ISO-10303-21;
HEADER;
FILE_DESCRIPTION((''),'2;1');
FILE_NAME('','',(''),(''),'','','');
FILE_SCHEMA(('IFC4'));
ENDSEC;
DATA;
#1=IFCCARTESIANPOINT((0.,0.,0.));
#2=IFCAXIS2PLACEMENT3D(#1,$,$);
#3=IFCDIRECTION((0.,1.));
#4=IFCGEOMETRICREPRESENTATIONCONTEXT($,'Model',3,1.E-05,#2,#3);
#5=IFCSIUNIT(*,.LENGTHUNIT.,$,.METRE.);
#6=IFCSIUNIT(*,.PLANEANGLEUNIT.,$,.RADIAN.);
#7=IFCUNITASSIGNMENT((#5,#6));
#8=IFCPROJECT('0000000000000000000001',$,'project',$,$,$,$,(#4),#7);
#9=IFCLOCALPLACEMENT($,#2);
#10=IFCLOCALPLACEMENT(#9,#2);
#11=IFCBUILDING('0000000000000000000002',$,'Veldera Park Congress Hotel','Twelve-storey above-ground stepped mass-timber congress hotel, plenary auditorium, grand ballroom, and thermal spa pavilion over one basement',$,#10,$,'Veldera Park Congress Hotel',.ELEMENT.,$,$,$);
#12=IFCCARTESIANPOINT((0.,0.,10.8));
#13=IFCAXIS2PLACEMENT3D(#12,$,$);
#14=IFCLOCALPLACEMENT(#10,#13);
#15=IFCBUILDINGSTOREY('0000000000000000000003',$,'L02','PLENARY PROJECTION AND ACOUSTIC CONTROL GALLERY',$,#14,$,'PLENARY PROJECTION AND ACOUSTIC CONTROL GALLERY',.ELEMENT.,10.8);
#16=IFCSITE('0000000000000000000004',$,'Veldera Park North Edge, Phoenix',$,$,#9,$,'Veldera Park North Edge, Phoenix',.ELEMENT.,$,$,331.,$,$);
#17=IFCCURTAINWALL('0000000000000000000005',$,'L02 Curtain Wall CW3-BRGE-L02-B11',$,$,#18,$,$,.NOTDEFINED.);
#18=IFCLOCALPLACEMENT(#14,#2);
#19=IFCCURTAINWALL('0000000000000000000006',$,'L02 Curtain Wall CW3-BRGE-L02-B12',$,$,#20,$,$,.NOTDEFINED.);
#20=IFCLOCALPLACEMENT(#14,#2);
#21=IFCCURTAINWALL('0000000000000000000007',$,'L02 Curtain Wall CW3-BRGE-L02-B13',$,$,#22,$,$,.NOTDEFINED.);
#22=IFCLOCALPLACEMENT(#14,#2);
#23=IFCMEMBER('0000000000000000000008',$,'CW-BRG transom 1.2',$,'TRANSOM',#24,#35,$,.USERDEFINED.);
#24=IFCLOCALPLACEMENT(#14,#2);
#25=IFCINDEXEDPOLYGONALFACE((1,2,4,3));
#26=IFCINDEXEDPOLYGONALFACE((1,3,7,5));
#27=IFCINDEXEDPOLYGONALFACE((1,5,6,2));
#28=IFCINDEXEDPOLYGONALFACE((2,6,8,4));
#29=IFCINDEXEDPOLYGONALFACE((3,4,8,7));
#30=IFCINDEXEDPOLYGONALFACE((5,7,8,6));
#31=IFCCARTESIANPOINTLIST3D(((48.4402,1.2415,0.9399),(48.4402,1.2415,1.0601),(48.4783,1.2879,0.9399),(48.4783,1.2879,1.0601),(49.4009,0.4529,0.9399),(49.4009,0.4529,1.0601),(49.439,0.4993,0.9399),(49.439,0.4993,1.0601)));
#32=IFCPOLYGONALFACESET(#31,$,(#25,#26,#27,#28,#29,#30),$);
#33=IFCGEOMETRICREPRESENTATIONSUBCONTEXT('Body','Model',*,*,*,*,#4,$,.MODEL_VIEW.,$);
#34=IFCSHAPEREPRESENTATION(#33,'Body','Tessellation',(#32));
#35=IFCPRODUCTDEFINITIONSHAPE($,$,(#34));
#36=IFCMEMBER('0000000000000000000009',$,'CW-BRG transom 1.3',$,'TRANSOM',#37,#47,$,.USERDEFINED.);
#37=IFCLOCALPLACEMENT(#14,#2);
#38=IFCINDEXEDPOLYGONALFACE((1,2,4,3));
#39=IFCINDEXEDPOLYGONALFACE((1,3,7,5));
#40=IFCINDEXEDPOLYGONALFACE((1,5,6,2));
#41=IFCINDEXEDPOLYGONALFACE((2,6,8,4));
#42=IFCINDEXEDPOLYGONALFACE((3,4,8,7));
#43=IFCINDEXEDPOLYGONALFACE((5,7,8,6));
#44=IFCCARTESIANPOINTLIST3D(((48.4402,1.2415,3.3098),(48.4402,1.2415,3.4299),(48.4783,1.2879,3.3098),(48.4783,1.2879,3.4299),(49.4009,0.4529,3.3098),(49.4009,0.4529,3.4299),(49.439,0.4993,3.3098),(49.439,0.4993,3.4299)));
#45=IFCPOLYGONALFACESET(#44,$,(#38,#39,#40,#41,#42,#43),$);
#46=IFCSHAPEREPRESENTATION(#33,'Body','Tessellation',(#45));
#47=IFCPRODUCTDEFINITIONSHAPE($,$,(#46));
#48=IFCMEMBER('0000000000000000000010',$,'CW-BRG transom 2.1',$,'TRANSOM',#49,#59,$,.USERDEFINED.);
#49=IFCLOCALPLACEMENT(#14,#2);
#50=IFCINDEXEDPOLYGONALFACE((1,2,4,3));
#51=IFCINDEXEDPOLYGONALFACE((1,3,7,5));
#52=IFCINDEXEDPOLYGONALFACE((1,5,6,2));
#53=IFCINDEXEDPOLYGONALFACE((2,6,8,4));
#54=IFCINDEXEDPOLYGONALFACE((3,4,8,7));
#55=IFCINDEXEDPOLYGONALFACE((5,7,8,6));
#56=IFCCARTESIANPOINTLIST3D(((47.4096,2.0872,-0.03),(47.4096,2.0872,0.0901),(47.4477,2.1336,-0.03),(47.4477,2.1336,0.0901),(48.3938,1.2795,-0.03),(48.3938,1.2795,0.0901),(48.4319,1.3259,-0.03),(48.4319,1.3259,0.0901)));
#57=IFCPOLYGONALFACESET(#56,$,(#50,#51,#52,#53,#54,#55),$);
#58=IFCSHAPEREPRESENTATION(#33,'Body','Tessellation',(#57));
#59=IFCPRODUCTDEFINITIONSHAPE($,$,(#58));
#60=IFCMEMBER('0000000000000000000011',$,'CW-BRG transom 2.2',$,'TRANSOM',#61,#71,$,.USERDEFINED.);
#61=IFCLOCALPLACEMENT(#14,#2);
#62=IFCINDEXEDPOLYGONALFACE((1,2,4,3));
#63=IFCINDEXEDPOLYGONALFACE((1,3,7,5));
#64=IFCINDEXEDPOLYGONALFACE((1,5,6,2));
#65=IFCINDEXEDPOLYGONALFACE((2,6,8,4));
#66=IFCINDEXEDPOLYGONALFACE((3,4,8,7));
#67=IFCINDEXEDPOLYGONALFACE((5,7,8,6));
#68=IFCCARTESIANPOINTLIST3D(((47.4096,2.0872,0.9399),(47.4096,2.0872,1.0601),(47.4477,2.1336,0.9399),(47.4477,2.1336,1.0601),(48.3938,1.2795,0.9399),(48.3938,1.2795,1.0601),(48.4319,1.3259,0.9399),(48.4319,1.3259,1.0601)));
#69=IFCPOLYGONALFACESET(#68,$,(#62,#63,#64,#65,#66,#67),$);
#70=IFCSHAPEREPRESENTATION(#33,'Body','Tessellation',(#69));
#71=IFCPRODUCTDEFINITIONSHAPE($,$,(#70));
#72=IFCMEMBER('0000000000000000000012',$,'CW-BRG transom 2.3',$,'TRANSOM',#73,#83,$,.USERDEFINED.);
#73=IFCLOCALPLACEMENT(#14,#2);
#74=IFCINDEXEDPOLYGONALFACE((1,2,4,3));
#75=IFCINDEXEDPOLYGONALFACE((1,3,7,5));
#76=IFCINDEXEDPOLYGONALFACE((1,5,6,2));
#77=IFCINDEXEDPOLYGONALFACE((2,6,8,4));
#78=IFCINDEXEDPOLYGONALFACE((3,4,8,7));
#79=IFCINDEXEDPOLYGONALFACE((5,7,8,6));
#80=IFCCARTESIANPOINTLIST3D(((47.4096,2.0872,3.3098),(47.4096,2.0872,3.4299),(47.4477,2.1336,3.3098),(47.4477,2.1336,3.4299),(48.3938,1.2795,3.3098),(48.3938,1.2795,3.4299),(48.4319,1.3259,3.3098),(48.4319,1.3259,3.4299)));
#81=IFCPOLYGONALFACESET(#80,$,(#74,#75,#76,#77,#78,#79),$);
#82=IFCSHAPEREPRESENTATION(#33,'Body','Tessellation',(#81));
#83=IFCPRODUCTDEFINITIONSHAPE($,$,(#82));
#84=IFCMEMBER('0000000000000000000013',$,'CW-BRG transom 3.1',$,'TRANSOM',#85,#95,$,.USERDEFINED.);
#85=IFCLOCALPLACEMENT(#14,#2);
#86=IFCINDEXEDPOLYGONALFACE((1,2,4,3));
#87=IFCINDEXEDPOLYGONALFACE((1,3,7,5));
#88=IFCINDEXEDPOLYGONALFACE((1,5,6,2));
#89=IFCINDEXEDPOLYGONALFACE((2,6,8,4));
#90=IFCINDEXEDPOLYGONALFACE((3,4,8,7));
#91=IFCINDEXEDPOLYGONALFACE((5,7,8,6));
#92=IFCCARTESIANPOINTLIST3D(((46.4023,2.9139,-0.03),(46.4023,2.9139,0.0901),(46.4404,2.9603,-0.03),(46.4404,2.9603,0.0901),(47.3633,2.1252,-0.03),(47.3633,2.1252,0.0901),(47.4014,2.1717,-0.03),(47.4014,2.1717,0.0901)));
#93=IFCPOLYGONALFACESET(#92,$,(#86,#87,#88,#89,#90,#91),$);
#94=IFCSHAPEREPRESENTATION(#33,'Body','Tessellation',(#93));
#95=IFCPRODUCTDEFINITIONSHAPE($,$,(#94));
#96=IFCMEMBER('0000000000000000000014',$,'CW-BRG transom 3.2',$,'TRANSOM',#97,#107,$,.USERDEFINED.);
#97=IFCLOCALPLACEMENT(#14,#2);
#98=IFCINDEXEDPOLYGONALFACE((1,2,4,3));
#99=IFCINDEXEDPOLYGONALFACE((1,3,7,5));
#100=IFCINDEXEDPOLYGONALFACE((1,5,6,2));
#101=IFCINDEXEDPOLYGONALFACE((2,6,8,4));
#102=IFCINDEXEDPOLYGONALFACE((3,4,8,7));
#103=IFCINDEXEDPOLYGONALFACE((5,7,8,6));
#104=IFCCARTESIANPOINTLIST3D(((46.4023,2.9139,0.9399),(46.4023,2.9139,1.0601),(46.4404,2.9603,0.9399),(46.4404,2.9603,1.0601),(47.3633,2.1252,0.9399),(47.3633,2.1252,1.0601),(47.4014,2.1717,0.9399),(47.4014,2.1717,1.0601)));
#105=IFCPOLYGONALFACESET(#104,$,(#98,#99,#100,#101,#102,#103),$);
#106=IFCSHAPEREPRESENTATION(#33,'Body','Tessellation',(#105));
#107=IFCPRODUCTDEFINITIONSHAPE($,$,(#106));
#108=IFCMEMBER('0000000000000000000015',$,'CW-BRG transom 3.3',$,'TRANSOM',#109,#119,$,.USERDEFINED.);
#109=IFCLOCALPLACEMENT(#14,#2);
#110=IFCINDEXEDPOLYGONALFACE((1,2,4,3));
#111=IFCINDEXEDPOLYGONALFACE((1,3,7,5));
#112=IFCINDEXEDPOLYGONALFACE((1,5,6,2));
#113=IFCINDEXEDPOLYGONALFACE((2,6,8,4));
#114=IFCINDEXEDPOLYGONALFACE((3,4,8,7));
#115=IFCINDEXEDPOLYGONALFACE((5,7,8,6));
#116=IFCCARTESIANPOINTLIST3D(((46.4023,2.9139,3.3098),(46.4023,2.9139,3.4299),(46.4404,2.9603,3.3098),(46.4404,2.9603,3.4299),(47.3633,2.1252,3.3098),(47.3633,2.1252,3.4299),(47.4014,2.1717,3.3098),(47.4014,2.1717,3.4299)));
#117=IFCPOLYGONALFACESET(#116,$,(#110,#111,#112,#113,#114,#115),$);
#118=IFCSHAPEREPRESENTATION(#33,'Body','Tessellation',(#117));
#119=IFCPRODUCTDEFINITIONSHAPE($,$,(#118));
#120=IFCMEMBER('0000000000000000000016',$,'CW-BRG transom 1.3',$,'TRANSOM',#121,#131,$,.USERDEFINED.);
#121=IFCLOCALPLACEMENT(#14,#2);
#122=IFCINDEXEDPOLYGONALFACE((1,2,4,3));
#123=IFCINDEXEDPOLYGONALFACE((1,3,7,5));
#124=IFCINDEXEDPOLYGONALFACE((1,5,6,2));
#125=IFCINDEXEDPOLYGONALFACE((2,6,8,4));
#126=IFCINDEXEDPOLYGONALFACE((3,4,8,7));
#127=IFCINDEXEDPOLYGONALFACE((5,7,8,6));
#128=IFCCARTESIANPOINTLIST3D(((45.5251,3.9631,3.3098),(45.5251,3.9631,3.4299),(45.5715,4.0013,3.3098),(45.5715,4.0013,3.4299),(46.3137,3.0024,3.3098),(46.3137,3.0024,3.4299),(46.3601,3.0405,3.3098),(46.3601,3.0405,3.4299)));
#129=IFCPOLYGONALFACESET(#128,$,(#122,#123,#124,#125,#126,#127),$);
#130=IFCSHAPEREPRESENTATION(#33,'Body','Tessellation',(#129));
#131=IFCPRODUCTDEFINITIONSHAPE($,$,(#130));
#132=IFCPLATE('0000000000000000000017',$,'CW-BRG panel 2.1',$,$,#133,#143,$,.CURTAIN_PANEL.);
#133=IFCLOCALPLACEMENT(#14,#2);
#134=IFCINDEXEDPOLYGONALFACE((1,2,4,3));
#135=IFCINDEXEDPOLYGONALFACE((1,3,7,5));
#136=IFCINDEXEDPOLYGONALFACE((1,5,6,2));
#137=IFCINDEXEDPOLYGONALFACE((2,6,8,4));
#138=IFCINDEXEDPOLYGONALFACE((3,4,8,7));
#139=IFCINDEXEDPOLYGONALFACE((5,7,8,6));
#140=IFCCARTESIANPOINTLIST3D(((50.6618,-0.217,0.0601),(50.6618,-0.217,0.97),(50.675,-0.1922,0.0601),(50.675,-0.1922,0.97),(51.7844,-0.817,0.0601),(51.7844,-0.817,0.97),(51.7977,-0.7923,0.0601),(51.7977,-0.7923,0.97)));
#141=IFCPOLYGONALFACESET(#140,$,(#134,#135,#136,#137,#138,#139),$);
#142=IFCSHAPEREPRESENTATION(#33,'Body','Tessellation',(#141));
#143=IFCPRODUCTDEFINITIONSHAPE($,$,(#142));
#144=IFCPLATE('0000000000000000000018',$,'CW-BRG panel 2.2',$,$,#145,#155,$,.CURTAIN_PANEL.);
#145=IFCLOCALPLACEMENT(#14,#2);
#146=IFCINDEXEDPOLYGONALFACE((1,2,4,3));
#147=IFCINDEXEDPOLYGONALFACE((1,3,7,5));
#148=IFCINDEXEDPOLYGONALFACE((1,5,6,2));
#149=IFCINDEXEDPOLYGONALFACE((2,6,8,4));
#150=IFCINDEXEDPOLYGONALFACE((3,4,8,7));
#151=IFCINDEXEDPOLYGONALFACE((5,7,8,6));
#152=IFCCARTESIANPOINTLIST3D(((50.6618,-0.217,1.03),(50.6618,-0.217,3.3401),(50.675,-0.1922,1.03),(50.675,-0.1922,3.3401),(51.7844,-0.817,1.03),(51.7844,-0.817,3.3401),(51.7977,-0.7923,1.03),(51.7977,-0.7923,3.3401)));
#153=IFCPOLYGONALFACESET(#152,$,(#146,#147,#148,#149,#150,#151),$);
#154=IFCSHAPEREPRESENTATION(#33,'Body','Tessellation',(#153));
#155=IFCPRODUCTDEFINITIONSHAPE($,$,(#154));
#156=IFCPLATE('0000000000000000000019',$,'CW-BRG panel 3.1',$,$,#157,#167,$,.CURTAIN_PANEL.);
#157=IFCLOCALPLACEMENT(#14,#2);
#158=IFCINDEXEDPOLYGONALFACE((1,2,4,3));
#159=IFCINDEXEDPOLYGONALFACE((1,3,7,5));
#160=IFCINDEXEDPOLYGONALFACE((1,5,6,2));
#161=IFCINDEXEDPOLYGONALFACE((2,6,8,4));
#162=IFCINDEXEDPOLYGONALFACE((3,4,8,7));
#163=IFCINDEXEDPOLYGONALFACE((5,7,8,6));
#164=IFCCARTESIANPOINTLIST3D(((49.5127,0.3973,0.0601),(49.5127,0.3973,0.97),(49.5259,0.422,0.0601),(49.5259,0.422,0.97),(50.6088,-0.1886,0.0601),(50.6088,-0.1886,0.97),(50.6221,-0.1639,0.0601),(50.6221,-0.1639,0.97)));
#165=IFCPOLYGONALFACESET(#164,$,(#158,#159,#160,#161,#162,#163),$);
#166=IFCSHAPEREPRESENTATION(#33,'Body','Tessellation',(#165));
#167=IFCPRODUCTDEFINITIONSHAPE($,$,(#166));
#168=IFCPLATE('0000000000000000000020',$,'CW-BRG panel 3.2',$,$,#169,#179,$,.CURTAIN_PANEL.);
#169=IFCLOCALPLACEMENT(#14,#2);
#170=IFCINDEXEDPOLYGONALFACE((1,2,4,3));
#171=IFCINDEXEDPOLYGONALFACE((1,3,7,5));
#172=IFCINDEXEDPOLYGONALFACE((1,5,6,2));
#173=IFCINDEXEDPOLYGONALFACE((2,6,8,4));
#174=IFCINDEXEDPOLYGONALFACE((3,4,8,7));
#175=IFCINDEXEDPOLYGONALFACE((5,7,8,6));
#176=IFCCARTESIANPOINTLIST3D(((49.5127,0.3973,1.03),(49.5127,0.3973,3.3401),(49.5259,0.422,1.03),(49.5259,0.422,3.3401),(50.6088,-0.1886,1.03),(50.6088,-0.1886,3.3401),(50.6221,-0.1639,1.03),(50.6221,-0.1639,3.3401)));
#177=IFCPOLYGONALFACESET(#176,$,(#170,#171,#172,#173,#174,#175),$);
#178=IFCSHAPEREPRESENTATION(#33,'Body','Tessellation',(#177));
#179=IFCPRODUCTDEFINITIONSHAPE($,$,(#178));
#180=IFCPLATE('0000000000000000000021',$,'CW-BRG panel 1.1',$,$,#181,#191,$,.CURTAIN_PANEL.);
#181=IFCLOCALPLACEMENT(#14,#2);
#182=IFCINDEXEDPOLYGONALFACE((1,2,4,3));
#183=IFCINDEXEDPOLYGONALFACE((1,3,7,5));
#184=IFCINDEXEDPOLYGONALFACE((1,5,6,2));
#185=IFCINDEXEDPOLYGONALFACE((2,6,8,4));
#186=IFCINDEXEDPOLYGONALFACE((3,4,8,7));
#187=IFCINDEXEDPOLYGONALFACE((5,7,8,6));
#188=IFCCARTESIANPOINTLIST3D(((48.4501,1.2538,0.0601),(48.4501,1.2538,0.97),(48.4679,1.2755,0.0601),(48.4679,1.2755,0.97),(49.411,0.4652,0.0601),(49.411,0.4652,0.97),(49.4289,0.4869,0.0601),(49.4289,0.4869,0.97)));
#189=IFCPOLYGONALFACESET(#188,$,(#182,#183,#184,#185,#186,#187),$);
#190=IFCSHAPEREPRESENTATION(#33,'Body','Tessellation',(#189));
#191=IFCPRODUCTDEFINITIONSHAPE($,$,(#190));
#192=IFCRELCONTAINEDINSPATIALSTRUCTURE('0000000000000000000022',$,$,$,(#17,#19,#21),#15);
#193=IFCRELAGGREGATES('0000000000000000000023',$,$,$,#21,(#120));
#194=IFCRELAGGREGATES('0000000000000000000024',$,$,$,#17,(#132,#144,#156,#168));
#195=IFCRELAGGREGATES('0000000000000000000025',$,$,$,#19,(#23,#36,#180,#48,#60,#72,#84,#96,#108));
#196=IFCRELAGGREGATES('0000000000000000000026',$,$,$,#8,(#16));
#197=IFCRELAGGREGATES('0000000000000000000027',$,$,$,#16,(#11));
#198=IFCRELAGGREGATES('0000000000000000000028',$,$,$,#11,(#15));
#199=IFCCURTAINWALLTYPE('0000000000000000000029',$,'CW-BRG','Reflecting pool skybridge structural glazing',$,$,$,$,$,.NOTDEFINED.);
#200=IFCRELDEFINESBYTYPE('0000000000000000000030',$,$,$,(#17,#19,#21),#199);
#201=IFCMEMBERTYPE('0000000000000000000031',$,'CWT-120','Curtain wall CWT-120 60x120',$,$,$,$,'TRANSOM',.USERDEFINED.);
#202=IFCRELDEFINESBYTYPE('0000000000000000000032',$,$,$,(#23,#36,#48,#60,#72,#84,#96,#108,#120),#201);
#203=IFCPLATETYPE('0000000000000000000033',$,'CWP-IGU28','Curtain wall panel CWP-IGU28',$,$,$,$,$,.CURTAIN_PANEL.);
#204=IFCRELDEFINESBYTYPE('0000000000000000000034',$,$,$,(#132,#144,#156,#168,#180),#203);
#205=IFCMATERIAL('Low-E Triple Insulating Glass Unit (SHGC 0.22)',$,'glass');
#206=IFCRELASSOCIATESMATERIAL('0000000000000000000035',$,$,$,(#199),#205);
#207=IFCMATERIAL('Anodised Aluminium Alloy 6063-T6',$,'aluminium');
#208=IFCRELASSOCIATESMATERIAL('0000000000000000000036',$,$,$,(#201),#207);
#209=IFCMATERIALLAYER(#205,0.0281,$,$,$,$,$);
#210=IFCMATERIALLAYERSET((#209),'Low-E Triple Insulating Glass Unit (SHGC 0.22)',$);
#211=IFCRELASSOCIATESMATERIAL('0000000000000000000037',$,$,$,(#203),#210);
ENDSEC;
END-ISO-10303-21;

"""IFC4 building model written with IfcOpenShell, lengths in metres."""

from ifc_helpers import new_model, si_unit, direction, frame, origin, origin_2d, place, context, subcontext, project, spatial, rectangle, extrude, material, layer, layer_set, material_profile, profile_set, type_object, element, aggregate, save


model = new_model("IFC4")

# Units and contexts
model_context = context("Model", 3, precision=1e-05, world=origin(), true_north=direction((0.0, 1.0)))
body_context = subcontext(model_context, "Body", "Model", "MODEL_VIEW")
ifc_project = project(units=[si_unit("LENGTHUNIT", "METRE"), si_unit("PLANEANGLEUNIT", "RADIAN")], contexts=[model_context])

# Site, building, storey
site_placement = place(None, origin())
site = spatial("IfcSite", under=ifc_project, at=site_placement, Name="Veldera Park North Edge, Phoenix", LongName="Veldera Park North Edge, Phoenix", CompositionType="ELEMENT", RefElevation=331.0)
building_placement = place(site_placement, origin())
building = spatial("IfcBuilding", under=site, at=building_placement, Name="Veldera Park Congress Hotel", Description="Twelve-storey above-ground stepped mass-timber congress hotel, plenary auditorium, grand ballroom, and thermal spa pavilion over one basement", LongName="Veldera Park Congress Hotel", CompositionType="ELEMENT")
storey_placement = place(building_placement, frame((0.0, 0.0, 10.8)))
storey = spatial("IfcBuildingStorey", under=building, at=storey_placement, Name="L02", Description="PLENARY PROJECTION AND ACOUSTIC CONTROL GALLERY", LongName="PLENARY PROJECTION AND ACOUSTIC CONTROL GALLERY", CompositionType="ELEMENT", Elevation=10.8)

# Curtain walls
ifc_material_1 = material(Name="Low-E Triple Insulating Glass Unit (SHGC 0.22)", Category="glass")
curtain_wall_type = type_object("IfcCurtainWallType", Name="CW-BRG", Description="Reflecting pool skybridge structural glazing", PredefinedType="NOTDEFINED", material=ifc_material_1)
curtain_wall_1_placement = place(storey_placement, origin())
curtain_wall_1 = element("IfcCurtainWall", 1, at=curtain_wall_1_placement, inside=storey, type_object=curtain_wall_type, Name="L02 Curtain Wall CW3-BRGE-L02-B11", PredefinedType="NOTDEFINED")
ifc_material_2 = material(Name="Anodised Aluminium Alloy 6063-T6", Category="aluminium")
curtain_wall_2_placement = place(storey_placement, origin())
curtain_wall_2 = element("IfcCurtainWall", 2, at=curtain_wall_2_placement, inside=storey, type_object=curtain_wall_type, Name="L02 Curtain Wall CW3-BRGE-L02-B12", PredefinedType="NOTDEFINED")

# Curtain wall
curtain_wall_3_placement = place(storey_placement, origin())
curtain_wall_3 = element("IfcCurtainWall", 3, at=curtain_wall_3_placement, inside=storey, type_object=curtain_wall_type, Name="L02 Curtain Wall CW3-BRGE-L02-B13", PredefinedType="NOTDEFINED")

# Members
ifc_material_profile_1 = material_profile(ifc_material_2, rectangle(XDim=0.0601, YDim=0.1201, at=origin_2d()), Name="ALU 60x120")
ifc_profile_set_1 = profile_set([ifc_material_profile_1], Name="Anodised Aluminium Alloy 6063-T6")
member_type_1 = type_object("IfcMemberType", Name="CWT-120", Description="Curtain wall CWT-120 60x120", ElementType="TRANSOM", PredefinedType="USERDEFINED", material=ifc_profile_set_1)
member_1_placement = place(storey_placement, frame((49.4199, 0.4761, 1.0), z_axis=(-0.77295, 0.634467, 0.0), x_axis=(-0.634467, -0.77295, 0.0)))
member_1 = element("IfcMember", 4, at=member_1_placement, type_object=member_type_1, Name="CW-BRG transom 1.2", ObjectType="TRANSOM", PredefinedType="USERDEFINED", context=body_context, shape_type="SweptSolid", body=[
    extrude(rectangle(XDim=0.0601, YDim=0.1201, at=origin_2d()), origin(), (0.0, 0.0, 1.0), 1.2429),
])
member_2_placement = place(storey_placement, frame((49.4199, 0.4761, 3.3699), z_axis=(-0.77295, 0.634467, 0.0), x_axis=(-0.634467, -0.77295, 0.0)))
member_2 = element("IfcMember", 5, at=member_2_placement, type_object=member_type_1, Name="CW-BRG transom 1.3", ObjectType="TRANSOM", PredefinedType="USERDEFINED", context=body_context, shape_type="SweptSolid", body=[
    extrude(rectangle(XDim=0.0601, YDim=0.1201, at=origin_2d()), origin(), (0.0, 0.0, 1.0), 1.2429),
])
member_3_placement = place(storey_placement, frame((48.4128, 1.3027, 0.03), z_axis=(-0.773025, 0.634375, 0.0), x_axis=(-0.634375, -0.773025, 0.0)))
member_3 = element("IfcMember", 6, at=member_3_placement, type_object=member_type_1, Name="CW-BRG transom 2.1", ObjectType="TRANSOM", PredefinedType="USERDEFINED", context=body_context, shape_type="SweptSolid", body=[
    extrude(rectangle(XDim=0.0601, YDim=0.1201, at=origin_2d()), origin(), (0.0, 0.0, 1.0), 1.2732),
])
member_4_placement = place(storey_placement, frame((48.4128, 1.3027, 1.0), z_axis=(-0.773025, 0.634375, 0.0), x_axis=(-0.634375, -0.773025, 0.0)))
member_4 = element("IfcMember", 7, at=member_4_placement, type_object=member_type_1, Name="CW-BRG transom 2.2", ObjectType="TRANSOM", PredefinedType="USERDEFINED", context=body_context, shape_type="SweptSolid", body=[
    extrude(rectangle(XDim=0.0601, YDim=0.1201, at=origin_2d()), origin(), (0.0, 0.0, 1.0), 1.2732),
])
member_5_placement = place(storey_placement, frame((48.4128, 1.3027, 3.3699), z_axis=(-0.773025, 0.634375, 0.0), x_axis=(-0.634375, -0.773025, 0.0)))
member_5 = element("IfcMember", 8, at=member_5_placement, type_object=member_type_1, Name="CW-BRG transom 2.3", ObjectType="TRANSOM", PredefinedType="USERDEFINED", context=body_context, shape_type="SweptSolid", body=[
    extrude(rectangle(XDim=0.0601, YDim=0.1201, at=origin_2d()), origin(), (0.0, 0.0, 1.0), 1.2732),
])
member_6_placement = place(storey_placement, frame((47.3823, 2.1484, 0.03), z_axis=(-0.773029, 0.634371, 0.0), x_axis=(-0.634371, -0.773029, 0.0)))
member_6 = element("IfcMember", 9, at=member_6_placement, type_object=member_type_1, Name="CW-BRG transom 3.1", ObjectType="TRANSOM", PredefinedType="USERDEFINED", context=body_context, shape_type="SweptSolid", body=[
    extrude(rectangle(XDim=0.0601, YDim=0.1201, at=origin_2d()), origin(), (0.0, 0.0, 1.0), 1.2432),
])
member_7_placement = place(storey_placement, frame((47.3823, 2.1484, 1.0), z_axis=(-0.773029, 0.634371, 0.0), x_axis=(-0.634371, -0.773029, 0.0)))
member_7 = element("IfcMember", 10, at=member_7_placement, type_object=member_type_1, Name="CW-BRG transom 3.2", ObjectType="TRANSOM", PredefinedType="USERDEFINED", context=body_context, shape_type="SweptSolid", body=[
    extrude(rectangle(XDim=0.0601, YDim=0.1201, at=origin_2d()), origin(), (0.0, 0.0, 1.0), 1.2432),
])
member_8_placement = place(storey_placement, frame((47.3823, 2.1484, 3.3699), z_axis=(-0.773029, 0.634371, 0.0), x_axis=(-0.634371, -0.773029, 0.0)))
member_8 = element("IfcMember", 11, at=member_8_placement, type_object=member_type_1, Name="CW-BRG transom 3.3", ObjectType="TRANSOM", PredefinedType="USERDEFINED", context=body_context, shape_type="SweptSolid", body=[
    extrude(rectangle(XDim=0.0601, YDim=0.1201, at=origin_2d()), origin(), (0.0, 0.0, 1.0), 1.2432),
])
member_9_placement = place(storey_placement, frame((46.3369, 3.0215, 3.3699), z_axis=(-0.634467, 0.77295, 0.0), x_axis=(-0.77295, -0.634467, 0.0)))
member_9 = element("IfcMember", 12, at=member_9_placement, type_object=member_type_1, Name="CW-BRG transom 1.3", ObjectType="TRANSOM", PredefinedType="USERDEFINED", context=body_context, shape_type="SweptSolid", body=[
    extrude(rectangle(XDim=0.0601, YDim=0.1201, at=origin_2d()), origin(), (0.0, 0.0, 1.0), 1.2429),
])
aggregate(curtain_wall_3, [member_9])

# Plates
ifc_layer = layer(ifc_material_1, 0.0281)
ifc_layer_set = layer_set([ifc_layer], Name="Low-E Triple Insulating Glass Unit (SHGC 0.22)")
plate_type = type_object("IfcPlateType", Name="CWP-IGU28", Description="Curtain wall panel CWP-IGU28", PredefinedType="CURTAIN_PANEL", material=ifc_layer_set)
plate_1_placement = place(storey_placement, frame((51.2297, -0.5046, 0.0601), z_axis=(0.0, 0.0, 1.0), x_axis=(-0.881928, 0.471384, 0.0)))
plate_1 = element("IfcPlate", 13, at=plate_1_placement, type_object=plate_type, Name="CW-BRG panel 2.1", PredefinedType="CURTAIN_PANEL", context=body_context, shape_type="SweptSolid", body=[
    extrude(rectangle(XDim=1.2729, YDim=0.0281, at=origin_2d()), origin(), (0.0, 0.0, 1.0), 0.9099),
])
plate_2_placement = place(storey_placement, frame((51.2297, -0.5046, 1.03), z_axis=(0.0, 0.0, 1.0), x_axis=(-0.881928, 0.471384, 0.0)))
plate_2 = element("IfcPlate", 14, at=plate_2_placement, type_object=plate_type, Name="CW-BRG panel 2.2", PredefinedType="CURTAIN_PANEL", context=body_context, shape_type="SweptSolid", body=[
    extrude(rectangle(XDim=1.2729, YDim=0.0281, at=origin_2d()), origin(), (0.0, 0.0, 1.0), 2.3101),
])
plate_3_placement = place(storey_placement, frame((50.0674, 0.1167, 0.0601), z_axis=(0.0, 0.0, 1.0), x_axis=(-0.881928, 0.471384, 0.0)))
plate_3 = element("IfcPlate", 15, at=plate_3_placement, type_object=plate_type, Name="CW-BRG panel 3.1", PredefinedType="CURTAIN_PANEL", context=body_context, shape_type="SweptSolid", body=[
    extrude(rectangle(XDim=1.2429, YDim=0.0281, at=origin_2d()), origin(), (0.0, 0.0, 1.0), 0.9099),
])
plate_4_placement = place(storey_placement, frame((50.0674, 0.1167, 1.03), z_axis=(0.0, 0.0, 1.0), x_axis=(-0.881928, 0.471384, 0.0)))
plate_4 = element("IfcPlate", 16, at=plate_4_placement, type_object=plate_type, Name="CW-BRG panel 3.2", PredefinedType="CURTAIN_PANEL", context=body_context, shape_type="SweptSolid", body=[
    extrude(rectangle(XDim=1.2429, YDim=0.0281, at=origin_2d()), origin(), (0.0, 0.0, 1.0), 2.3101),
])
aggregate(curtain_wall_1, [plate_1, plate_2, plate_3, plate_4])
plate_5_placement = place(storey_placement, frame((48.9395, 0.8704, 0.0601), z_axis=(0.0, 0.0, 1.0), x_axis=(-0.773016, 0.634386, 0.0)))
plate_5 = element("IfcPlate", 17, at=plate_5_placement, type_object=plate_type, Name="CW-BRG panel 1.1", PredefinedType="CURTAIN_PANEL", context=body_context, shape_type="SweptSolid", body=[
    extrude(rectangle(XDim=1.2432, YDim=0.0281, at=origin_2d()), origin(), (0.0, 0.0, 1.0), 0.9099),
])
aggregate(curtain_wall_2, [member_1, member_2, plate_5, member_3, member_4, member_5, member_6, member_7, member_8])

save(model, "model.ifc")
